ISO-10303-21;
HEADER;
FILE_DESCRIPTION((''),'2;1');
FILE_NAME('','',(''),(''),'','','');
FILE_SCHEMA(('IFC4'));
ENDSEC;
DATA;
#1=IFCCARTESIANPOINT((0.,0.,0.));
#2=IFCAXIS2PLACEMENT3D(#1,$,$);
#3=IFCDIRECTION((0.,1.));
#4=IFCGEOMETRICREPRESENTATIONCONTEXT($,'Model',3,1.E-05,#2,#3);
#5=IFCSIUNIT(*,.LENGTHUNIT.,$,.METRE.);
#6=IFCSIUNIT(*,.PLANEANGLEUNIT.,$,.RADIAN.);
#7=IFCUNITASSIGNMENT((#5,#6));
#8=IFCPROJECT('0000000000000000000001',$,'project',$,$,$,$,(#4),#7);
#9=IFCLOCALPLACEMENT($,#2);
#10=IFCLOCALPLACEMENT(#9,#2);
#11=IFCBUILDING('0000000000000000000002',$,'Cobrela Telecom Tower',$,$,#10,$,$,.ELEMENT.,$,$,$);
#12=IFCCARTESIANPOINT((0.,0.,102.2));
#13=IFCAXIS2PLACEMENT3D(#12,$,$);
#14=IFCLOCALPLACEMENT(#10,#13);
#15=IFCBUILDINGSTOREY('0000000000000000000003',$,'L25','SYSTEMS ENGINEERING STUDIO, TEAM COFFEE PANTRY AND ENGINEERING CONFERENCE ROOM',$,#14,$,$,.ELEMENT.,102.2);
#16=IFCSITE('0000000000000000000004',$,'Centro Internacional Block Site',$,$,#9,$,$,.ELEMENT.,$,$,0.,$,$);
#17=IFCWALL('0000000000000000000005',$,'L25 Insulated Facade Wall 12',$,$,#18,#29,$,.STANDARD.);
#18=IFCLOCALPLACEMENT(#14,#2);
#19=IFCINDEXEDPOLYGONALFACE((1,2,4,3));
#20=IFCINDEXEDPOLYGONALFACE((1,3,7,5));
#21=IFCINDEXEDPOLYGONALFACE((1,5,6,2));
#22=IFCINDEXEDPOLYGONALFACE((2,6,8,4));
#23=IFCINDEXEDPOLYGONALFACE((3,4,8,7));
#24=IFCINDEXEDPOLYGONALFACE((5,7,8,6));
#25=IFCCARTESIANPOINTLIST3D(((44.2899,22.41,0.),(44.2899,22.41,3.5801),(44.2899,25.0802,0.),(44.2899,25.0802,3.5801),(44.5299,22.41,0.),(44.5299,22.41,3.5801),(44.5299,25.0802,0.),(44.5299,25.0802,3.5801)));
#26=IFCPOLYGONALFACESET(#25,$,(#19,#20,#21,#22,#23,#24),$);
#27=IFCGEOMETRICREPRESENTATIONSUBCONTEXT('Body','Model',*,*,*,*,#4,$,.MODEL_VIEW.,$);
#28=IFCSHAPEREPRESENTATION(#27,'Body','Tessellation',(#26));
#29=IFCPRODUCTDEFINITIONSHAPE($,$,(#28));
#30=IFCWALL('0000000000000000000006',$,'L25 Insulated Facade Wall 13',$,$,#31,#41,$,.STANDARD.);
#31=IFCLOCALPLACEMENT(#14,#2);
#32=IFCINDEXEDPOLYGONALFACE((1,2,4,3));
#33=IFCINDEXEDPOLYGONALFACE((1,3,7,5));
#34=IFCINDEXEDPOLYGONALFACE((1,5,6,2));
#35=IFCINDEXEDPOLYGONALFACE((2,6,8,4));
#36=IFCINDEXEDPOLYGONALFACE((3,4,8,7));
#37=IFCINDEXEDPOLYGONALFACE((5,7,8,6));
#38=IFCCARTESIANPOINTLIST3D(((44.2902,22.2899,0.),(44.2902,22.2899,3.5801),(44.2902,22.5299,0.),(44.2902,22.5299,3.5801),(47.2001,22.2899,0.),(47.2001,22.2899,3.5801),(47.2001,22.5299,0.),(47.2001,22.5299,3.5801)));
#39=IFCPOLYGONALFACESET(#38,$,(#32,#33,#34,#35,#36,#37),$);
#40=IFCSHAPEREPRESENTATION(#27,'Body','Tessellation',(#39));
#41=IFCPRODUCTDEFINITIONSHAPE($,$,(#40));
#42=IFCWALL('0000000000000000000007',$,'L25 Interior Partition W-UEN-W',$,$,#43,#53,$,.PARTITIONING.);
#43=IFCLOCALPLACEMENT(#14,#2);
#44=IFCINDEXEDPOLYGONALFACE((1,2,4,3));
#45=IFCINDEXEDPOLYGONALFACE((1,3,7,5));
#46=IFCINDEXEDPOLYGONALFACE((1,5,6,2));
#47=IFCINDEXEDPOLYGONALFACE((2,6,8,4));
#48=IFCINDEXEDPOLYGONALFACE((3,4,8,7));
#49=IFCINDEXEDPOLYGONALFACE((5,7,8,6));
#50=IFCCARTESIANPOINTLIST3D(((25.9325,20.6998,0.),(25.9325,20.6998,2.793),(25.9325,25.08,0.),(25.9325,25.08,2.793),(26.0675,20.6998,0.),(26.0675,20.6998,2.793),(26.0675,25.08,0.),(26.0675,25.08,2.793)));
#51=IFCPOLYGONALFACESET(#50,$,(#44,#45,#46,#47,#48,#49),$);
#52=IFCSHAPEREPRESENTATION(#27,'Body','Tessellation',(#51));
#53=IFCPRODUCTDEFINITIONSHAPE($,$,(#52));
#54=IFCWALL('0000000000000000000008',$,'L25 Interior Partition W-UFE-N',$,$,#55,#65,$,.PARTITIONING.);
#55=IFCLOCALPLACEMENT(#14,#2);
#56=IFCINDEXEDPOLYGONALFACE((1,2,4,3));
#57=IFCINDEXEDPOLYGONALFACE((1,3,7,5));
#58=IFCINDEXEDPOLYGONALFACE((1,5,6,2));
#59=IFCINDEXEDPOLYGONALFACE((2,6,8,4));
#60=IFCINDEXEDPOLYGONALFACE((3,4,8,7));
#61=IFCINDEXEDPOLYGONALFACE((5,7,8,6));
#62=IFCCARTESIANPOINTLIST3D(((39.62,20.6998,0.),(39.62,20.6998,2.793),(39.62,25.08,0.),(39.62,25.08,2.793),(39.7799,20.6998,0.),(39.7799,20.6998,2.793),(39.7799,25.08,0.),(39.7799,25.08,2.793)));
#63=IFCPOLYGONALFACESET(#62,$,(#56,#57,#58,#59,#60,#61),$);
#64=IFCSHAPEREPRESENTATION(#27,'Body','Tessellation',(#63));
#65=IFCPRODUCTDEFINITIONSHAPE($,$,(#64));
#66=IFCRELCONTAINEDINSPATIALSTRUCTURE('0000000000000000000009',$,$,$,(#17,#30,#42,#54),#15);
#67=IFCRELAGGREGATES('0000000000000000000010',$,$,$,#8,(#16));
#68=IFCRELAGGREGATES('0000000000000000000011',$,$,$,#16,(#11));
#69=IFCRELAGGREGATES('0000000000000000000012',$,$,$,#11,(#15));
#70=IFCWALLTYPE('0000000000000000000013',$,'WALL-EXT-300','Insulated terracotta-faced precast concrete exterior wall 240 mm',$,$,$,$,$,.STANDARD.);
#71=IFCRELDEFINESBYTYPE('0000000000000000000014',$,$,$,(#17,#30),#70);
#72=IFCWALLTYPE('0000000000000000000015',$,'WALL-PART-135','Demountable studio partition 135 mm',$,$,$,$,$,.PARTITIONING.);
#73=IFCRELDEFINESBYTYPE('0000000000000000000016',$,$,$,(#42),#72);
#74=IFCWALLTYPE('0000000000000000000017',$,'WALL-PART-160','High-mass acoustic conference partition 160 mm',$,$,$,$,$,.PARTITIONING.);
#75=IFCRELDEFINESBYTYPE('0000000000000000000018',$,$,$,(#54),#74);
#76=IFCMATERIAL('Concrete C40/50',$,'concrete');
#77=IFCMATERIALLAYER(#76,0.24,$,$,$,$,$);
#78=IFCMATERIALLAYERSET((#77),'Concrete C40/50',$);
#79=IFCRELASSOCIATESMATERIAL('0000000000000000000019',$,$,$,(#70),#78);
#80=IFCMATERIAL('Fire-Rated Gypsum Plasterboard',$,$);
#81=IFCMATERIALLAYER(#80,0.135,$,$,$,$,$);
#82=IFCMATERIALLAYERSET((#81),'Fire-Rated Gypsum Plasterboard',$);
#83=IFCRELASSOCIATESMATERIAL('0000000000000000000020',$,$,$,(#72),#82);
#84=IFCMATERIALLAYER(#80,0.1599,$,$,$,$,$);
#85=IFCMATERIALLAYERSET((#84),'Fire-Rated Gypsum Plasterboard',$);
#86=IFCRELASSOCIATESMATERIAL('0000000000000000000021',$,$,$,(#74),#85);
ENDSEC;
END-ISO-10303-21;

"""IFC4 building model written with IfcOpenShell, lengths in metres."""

from ifc_helpers import new_model, si_unit, direction, frame, frame_2d, origin, place, context, subcontext, project, spatial, rectangle, extrude, material, layer, layer_set, type_object, element, save


model = new_model("IFC4")

# Units and contexts
model_context = context("Model", 3, precision=1e-05, world=origin(), true_north=direction((0.0, 1.0)))
body_context = subcontext(model_context, "Body", "Model", "MODEL_VIEW")
ifc_project = project(units=[si_unit("LENGTHUNIT", "METRE"), si_unit("PLANEANGLEUNIT", "RADIAN")], contexts=[model_context])

# Site, building, storey
site_placement = place(None, origin())
site = spatial("IfcSite", under=ifc_project, at=site_placement, Name="Centro Internacional Block Site", CompositionType="ELEMENT", RefElevation=0.0)
building_placement = place(site_placement, origin())
building = spatial("IfcBuilding", under=site, at=building_placement, Name="Cobrela Telecom Tower", CompositionType="ELEMENT")
storey_placement = place(building_placement, frame((0.0, 0.0, 102.2)))
storey = spatial("IfcBuildingStorey", under=building, at=storey_placement, Name="L25", Description="SYSTEMS ENGINEERING STUDIO, TEAM COFFEE PANTRY AND ENGINEERING CONFERENCE ROOM", CompositionType="ELEMENT", Elevation=102.2)

# Walls
ifc_material_1 = material(Name="Concrete C40/50", Category="concrete")
ifc_layer_1 = layer(ifc_material_1, 0.24)
ifc_layer_set_1 = layer_set([ifc_layer_1], Name="Concrete C40/50")
wall_type_1 = type_object("IfcWallType", Name="WALL-EXT-300", Description="Insulated terracotta-faced precast concrete exterior wall 240 mm", PredefinedType="STANDARD", material=ifc_layer_set_1)
wall_1_placement = place(storey_placement, frame((44.4099, 25.0801, 0.0), z_axis=(0.0, 0.0, 1.0), x_axis=(0.0, -1.0, 0.0)))
element("IfcWall", 1, at=wall_1_placement, inside=storey, type_object=wall_type_1, Name="L25 Insulated Facade Wall 12", PredefinedType="STANDARD", context=body_context, shape_type="SweptSolid", body=[
    extrude(rectangle(XDim=2.6702, YDim=0.24, at=frame_2d((1.335, 0.0))), origin(), (0.0, 0.0, 1.0), 3.5801),
])
wall_2_placement = place(storey_placement, frame((44.29, 22.4099, 0.0), z_axis=(0.0, 0.0, 1.0), x_axis=(1.0, 0.0, 0.0)))
element("IfcWall", 2, at=wall_2_placement, inside=storey, type_object=wall_type_1, Name="L25 Insulated Facade Wall 13", PredefinedType="STANDARD", context=body_context, shape_type="SweptSolid", body=[
    extrude(rectangle(XDim=2.9099, YDim=0.24, at=frame_2d((1.4551, 0.0))), origin(), (0.0, 0.0, 1.0), 3.5801),
])
ifc_material_2 = material(Name="Fire-Rated Gypsum Plasterboard")
ifc_layer_2 = layer(ifc_material_2, 0.135)
ifc_layer_set_2 = layer_set([ifc_layer_2], Name="Fire-Rated Gypsum Plasterboard")
wall_type_2 = type_object("IfcWallType", Name="WALL-PART-135", Description="Demountable studio partition 135 mm", PredefinedType="PARTITIONING", material=ifc_layer_set_2)
wall_3_placement = place(storey_placement, frame((26.0, 20.7, 0.0), z_axis=(0.0, 0.0, 1.0), x_axis=(0.0, 1.0, 0.0)))
element("IfcWall", 3, at=wall_3_placement, inside=storey, type_object=wall_type_2, Name="L25 Interior Partition W-UEN-W", PredefinedType="PARTITIONING", context=body_context, shape_type="SweptSolid", body=[
    extrude(rectangle(XDim=4.3801, YDim=0.135, at=frame_2d((2.1899, 0.0))), origin(), (0.0, 0.0, 1.0), 2.793),
])
ifc_layer_3 = layer(ifc_material_2, 0.1599)
ifc_layer_set_3 = layer_set([ifc_layer_3], Name="Fire-Rated Gypsum Plasterboard")
wall_type_3 = type_object("IfcWallType", Name="WALL-PART-160", Description="High-mass acoustic conference partition 160 mm", PredefinedType="PARTITIONING", material=ifc_layer_set_3)
wall_4_placement = place(storey_placement, frame((39.7, 20.7, 0.0), z_axis=(0.0, 0.0, 1.0), x_axis=(0.0, 1.0, 0.0)))
element("IfcWall", 4, at=wall_4_placement, inside=storey, type_object=wall_type_3, Name="L25 Interior Partition W-UFE-N", PredefinedType="PARTITIONING", context=body_context, shape_type="SweptSolid", body=[
    extrude(rectangle(XDim=4.3801, YDim=0.1599, at=frame_2d((2.1899, 0.0))), origin(), (0.0, 0.0, 1.0), 2.793),
])

save(model, "model.ifc")
